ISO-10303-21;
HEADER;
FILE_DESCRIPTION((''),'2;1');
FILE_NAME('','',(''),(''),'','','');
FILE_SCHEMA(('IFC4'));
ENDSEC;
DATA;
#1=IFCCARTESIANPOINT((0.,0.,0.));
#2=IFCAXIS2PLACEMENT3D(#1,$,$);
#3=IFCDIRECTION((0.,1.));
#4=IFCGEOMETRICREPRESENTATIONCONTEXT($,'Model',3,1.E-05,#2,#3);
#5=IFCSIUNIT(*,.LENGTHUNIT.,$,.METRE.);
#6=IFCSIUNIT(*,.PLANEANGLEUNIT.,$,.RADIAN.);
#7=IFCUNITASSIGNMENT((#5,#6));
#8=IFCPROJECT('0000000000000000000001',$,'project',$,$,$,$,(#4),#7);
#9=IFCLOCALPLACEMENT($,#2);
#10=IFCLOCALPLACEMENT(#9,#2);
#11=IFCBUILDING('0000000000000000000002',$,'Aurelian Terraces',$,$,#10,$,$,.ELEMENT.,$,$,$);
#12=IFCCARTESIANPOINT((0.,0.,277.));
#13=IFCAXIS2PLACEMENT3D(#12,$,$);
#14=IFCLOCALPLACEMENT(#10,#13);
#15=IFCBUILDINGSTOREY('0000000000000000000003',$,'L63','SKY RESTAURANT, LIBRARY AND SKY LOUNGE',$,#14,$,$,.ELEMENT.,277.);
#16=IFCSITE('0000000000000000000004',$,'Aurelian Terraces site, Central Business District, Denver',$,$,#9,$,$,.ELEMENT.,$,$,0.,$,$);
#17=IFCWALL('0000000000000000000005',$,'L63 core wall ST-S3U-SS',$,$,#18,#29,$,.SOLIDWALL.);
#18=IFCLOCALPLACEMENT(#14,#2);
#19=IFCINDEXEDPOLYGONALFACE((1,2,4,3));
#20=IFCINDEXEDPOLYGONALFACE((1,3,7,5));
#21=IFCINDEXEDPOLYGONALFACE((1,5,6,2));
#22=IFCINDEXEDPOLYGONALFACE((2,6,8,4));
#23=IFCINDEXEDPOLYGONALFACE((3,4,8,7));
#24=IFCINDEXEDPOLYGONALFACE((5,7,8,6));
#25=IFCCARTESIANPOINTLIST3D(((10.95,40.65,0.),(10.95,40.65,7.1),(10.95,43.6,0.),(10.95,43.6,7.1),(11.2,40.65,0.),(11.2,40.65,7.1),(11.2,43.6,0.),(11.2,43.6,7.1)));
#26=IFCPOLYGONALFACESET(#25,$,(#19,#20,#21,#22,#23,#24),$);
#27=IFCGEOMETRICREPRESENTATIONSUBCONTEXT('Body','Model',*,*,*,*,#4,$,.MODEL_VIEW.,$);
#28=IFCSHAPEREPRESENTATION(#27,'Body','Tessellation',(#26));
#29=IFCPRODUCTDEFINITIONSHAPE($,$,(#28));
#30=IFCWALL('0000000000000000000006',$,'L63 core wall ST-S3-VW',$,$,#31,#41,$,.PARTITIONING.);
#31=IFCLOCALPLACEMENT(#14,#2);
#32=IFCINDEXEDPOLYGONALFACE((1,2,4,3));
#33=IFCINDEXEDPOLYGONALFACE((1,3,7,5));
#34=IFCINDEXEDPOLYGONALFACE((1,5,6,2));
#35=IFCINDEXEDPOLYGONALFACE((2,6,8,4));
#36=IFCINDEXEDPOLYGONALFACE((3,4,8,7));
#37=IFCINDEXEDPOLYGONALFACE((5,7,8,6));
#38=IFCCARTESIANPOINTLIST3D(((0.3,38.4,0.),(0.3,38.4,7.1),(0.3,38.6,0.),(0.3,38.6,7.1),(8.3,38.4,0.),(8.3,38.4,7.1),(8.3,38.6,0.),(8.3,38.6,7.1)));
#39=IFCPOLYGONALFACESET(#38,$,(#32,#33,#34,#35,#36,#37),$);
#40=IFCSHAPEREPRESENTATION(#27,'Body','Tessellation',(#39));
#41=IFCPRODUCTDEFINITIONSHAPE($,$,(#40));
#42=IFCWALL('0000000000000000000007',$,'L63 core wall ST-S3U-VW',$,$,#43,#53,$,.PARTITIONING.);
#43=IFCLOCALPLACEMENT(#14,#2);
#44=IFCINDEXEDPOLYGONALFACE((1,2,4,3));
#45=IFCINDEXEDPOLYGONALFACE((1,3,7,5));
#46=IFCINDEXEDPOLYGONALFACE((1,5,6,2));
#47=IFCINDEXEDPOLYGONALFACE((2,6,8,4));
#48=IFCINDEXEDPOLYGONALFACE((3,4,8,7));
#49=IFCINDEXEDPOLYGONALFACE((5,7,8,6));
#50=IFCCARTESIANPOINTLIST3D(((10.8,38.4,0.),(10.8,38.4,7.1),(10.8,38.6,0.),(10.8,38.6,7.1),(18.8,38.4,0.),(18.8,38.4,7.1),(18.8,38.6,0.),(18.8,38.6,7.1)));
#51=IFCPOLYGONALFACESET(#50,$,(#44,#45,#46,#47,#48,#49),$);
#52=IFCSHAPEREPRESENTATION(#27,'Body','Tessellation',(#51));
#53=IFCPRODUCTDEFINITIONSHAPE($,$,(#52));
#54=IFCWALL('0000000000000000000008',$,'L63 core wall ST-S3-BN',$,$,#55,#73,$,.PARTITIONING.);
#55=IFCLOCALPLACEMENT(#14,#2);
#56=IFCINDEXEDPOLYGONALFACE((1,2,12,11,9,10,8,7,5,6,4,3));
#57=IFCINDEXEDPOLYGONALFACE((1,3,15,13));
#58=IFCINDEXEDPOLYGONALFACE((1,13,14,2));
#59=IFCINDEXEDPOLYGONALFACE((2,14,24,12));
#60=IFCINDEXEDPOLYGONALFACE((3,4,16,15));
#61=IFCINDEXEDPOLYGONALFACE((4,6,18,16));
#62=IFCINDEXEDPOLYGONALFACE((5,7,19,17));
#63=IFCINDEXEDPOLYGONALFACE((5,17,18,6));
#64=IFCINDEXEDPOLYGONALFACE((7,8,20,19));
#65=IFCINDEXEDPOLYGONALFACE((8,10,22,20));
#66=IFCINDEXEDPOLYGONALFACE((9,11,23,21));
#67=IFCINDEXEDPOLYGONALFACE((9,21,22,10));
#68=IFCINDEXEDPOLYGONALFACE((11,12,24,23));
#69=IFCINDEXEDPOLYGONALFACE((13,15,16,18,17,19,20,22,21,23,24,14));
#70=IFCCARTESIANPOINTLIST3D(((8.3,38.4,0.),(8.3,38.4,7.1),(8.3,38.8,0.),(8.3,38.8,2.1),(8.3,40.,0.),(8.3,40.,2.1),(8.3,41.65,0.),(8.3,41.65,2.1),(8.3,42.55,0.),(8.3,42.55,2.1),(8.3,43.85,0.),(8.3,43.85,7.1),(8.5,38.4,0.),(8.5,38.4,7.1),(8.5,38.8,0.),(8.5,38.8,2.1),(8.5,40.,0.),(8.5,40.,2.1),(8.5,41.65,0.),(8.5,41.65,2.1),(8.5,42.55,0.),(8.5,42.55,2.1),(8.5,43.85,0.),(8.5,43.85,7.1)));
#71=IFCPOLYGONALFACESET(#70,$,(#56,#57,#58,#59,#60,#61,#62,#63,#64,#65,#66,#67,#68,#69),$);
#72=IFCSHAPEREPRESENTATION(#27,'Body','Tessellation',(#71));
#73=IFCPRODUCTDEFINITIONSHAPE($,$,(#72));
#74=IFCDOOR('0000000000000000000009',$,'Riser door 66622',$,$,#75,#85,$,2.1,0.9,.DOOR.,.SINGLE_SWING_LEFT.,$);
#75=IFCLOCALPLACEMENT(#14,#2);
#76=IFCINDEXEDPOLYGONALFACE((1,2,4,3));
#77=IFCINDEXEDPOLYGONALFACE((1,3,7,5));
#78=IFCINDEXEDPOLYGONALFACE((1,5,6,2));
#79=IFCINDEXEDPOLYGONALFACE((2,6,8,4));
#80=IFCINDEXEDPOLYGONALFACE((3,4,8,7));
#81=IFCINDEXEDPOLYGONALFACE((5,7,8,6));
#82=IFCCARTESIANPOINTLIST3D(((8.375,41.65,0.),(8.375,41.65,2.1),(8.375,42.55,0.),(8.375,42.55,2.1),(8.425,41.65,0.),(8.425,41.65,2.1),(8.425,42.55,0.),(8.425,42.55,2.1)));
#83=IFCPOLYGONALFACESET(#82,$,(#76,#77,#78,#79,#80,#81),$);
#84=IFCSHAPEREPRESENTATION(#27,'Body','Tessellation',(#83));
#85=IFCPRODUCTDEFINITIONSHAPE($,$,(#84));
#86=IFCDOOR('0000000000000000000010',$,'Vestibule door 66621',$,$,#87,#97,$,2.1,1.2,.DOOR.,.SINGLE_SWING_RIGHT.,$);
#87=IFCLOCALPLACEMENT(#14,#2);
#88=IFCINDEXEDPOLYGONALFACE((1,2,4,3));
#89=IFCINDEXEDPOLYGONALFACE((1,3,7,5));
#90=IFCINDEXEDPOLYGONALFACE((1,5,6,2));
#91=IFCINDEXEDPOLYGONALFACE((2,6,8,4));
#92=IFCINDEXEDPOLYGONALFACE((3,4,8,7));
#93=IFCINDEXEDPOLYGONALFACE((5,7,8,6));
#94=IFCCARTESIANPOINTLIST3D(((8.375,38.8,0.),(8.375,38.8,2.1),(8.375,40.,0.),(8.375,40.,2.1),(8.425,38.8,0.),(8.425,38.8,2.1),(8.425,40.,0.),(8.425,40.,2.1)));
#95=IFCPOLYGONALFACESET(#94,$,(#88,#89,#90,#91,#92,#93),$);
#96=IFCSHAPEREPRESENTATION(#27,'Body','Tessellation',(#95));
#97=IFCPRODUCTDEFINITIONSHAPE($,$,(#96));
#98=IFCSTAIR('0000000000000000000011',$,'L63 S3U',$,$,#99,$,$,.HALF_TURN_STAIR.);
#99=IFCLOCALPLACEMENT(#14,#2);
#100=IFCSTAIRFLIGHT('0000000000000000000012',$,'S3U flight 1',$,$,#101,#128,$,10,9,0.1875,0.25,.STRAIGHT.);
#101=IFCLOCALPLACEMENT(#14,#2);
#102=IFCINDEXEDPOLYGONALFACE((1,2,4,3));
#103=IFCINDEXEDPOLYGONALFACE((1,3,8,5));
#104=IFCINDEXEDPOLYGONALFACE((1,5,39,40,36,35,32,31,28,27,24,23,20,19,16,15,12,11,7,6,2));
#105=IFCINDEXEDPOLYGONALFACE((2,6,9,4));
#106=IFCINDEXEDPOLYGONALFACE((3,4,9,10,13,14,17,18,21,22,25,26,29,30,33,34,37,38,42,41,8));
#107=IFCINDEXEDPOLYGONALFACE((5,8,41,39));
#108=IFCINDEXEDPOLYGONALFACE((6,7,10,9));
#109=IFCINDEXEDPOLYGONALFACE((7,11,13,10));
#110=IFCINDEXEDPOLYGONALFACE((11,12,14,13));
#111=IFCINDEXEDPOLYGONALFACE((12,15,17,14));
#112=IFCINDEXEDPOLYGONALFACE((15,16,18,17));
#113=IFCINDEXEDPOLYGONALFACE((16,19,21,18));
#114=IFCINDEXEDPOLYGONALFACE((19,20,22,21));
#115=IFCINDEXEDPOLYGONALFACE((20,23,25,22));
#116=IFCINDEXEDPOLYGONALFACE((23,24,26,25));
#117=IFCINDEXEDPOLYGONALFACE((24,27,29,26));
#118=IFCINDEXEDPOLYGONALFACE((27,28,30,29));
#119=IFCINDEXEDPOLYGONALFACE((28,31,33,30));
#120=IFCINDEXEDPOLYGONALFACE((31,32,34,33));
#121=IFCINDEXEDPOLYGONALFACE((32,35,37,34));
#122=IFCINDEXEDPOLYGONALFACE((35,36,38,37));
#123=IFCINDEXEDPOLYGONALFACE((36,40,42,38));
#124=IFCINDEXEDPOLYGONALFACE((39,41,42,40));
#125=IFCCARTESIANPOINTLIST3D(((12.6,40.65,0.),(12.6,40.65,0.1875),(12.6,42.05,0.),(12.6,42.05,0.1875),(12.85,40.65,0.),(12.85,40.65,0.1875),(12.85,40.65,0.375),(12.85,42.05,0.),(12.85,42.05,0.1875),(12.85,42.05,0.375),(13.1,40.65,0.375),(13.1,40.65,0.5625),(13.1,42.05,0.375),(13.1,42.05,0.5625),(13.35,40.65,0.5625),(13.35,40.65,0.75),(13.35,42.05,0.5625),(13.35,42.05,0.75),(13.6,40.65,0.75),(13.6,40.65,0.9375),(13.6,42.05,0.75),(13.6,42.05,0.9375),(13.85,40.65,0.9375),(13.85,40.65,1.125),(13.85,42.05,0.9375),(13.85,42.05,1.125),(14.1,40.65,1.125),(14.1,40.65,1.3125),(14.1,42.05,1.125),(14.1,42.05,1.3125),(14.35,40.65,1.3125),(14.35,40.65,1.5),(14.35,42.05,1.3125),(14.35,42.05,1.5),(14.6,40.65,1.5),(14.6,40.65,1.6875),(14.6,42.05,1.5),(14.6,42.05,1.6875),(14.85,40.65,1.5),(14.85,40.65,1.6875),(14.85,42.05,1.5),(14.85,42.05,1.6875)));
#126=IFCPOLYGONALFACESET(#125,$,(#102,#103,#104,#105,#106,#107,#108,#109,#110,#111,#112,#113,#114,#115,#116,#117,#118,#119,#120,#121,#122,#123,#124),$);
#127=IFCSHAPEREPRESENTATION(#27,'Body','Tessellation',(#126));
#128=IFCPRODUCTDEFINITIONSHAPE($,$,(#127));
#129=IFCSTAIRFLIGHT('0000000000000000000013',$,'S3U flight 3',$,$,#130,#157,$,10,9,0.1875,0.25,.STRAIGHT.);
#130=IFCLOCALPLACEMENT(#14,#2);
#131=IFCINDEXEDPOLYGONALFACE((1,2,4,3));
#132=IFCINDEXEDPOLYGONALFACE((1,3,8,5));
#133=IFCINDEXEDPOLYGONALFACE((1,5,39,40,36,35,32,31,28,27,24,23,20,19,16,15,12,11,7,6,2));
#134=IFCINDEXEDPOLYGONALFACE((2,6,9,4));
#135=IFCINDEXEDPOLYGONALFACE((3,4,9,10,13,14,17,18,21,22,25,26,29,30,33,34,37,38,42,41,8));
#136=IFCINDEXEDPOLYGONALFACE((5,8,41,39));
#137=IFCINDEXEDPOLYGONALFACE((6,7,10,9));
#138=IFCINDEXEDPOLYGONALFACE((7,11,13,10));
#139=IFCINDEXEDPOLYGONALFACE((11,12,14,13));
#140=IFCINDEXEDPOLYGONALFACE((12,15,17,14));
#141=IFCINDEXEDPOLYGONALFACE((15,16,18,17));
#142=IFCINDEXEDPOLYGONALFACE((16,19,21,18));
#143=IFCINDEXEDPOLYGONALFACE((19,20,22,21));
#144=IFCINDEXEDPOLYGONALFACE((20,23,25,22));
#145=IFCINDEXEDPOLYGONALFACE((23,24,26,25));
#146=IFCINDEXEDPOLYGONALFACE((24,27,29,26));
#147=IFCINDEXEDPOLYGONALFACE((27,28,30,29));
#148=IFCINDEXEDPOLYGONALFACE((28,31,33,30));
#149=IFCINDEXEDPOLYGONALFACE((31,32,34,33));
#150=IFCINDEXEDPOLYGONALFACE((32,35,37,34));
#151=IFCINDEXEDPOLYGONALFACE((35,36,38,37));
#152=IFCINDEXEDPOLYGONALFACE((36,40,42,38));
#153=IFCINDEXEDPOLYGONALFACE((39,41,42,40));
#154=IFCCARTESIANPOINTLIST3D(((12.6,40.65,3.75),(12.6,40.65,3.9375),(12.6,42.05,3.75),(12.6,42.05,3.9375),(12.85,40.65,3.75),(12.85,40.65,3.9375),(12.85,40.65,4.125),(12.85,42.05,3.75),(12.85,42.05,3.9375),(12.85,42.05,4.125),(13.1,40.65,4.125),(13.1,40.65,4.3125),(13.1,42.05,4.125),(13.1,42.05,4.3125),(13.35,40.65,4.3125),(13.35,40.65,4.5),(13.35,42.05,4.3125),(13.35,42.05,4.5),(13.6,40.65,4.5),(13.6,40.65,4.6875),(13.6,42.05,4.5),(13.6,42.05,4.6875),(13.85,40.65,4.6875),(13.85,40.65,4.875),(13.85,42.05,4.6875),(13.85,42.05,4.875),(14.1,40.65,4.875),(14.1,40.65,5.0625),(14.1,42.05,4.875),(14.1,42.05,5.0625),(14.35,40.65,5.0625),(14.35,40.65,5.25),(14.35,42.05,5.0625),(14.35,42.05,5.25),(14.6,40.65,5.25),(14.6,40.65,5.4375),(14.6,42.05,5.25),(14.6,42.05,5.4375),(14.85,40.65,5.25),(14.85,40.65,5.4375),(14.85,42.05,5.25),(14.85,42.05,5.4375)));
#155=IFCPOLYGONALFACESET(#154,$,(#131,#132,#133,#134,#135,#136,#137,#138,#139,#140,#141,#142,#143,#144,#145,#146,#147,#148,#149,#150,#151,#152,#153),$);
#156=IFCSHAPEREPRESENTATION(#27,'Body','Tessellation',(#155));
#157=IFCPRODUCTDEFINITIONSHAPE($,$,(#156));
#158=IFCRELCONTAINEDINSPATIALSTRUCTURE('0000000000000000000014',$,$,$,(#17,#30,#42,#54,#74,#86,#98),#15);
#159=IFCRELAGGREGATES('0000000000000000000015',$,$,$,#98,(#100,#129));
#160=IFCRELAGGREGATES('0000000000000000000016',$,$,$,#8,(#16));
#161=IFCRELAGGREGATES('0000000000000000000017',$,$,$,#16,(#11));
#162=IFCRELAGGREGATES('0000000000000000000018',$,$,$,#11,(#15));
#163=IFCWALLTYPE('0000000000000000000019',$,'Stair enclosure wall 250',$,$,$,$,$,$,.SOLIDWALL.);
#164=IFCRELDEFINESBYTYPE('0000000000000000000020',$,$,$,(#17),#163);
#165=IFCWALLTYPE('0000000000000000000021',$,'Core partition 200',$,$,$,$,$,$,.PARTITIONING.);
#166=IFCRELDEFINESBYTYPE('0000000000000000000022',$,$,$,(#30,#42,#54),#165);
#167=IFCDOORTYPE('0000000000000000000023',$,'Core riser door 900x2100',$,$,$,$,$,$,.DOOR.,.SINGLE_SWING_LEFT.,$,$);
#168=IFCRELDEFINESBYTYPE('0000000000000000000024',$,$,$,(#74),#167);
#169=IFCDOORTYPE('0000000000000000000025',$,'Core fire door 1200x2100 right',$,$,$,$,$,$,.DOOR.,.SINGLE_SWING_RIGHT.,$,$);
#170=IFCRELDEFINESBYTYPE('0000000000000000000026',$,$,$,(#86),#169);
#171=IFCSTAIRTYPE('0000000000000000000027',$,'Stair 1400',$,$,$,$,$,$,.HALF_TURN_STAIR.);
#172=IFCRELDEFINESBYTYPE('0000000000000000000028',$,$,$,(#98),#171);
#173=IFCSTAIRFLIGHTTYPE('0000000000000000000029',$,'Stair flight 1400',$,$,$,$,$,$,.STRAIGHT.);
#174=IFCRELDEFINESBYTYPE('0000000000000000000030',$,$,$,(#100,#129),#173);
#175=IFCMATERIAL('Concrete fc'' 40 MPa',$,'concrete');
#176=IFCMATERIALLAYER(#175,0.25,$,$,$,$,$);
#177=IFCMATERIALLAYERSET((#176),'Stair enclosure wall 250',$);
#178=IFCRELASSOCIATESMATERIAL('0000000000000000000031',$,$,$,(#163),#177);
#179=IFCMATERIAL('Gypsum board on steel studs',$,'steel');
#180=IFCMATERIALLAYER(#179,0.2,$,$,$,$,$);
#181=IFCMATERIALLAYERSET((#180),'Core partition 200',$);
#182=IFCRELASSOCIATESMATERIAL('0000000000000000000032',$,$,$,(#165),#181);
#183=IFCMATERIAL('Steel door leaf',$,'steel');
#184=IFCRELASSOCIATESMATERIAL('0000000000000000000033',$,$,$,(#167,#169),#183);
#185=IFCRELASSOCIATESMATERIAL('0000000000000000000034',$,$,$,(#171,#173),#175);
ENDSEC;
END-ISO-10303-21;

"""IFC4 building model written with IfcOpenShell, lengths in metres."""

from ifc_helpers import new_model, si_unit, direction, frame, frame_2d, origin, place, context, subcontext, project, spatial, polyline, rectangle, outline, extrude, source, transform, mapped, material, layer, layer_set, type_object, element, fill, aggregate, save


model = new_model("IFC4")

# Units and contexts
model_context = context("Model", 3, precision=1e-05, world=origin(), true_north=direction((0.0, 1.0)))
body_context = subcontext(model_context, "Body", "Model", "MODEL_VIEW")
ifc_project = project(units=[si_unit("LENGTHUNIT", "METRE"), si_unit("PLANEANGLEUNIT", "RADIAN")], contexts=[model_context])

# Site, building, storey
site_placement = place(None, origin())
site = spatial("IfcSite", under=ifc_project, at=site_placement, Name="Aurelian Terraces site, Central Business District, Denver", CompositionType="ELEMENT", RefElevation=0.0)
building_placement = place(site_placement, origin())
building = spatial("IfcBuilding", under=site, at=building_placement, Name="Aurelian Terraces", CompositionType="ELEMENT")
storey_placement = place(building_placement, frame((0.0, 0.0, 277.0)))
storey = spatial("IfcBuildingStorey", under=building, at=storey_placement, Name="L63", Description="SKY RESTAURANT, LIBRARY AND SKY LOUNGE", CompositionType="ELEMENT", Elevation=277.0)

# Shared definitions
ifc_material_1 = material(Name="Concrete fc' 40 MPa", Category="concrete")
ifc_layer_1 = layer(ifc_material_1, 0.25)
ifc_layer_set_1 = layer_set([ifc_layer_1], Name="Stair enclosure wall 250")
wall_type_1 = type_object("IfcWallType", Name="Stair enclosure wall 250", PredefinedType="SOLIDWALL", material=ifc_layer_set_1)
ifc_material_2 = material(Name="Steel door leaf", Category="steel")

# Walls
shared_shape_1 = source(origin(), body_context, "Body", "SweptSolid", [
    extrude(rectangle(XDim=2.95, YDim=0.25, at=frame_2d((1.475, 0.0))), origin(), (0.0, 0.0, 1.0), 7.1),
])
for number, where, z_axis, x_axis, name in (
    (1, (11.075, 40.65, 0.0), (0.0, 0.0, 1.0), (0.0, 1.0, 0.0), "L63 core wall ST-S3U-SS"),
):
    element("IfcWall", number, at=place(storey_placement, frame(where, z_axis=z_axis, x_axis=x_axis)), inside=storey, type_object=wall_type_1, Name=name, PredefinedType="SOLIDWALL", context=body_context, shape_type="MappedRepresentation", body=[
        mapped(shared_shape_1, transform((0.0, 0.0, 0.0), scale=1.0)),
    ])
ifc_material_3 = material(Name="Gypsum board on steel studs", Category="steel")
ifc_layer_2 = layer(ifc_material_3, 0.2)
ifc_layer_set_2 = layer_set([ifc_layer_2], Name="Core partition 200")
wall_type_2 = type_object("IfcWallType", Name="Core partition 200", PredefinedType="PARTITIONING", material=ifc_layer_set_2)
shared_shape_2 = source(origin(), body_context, "Body", "SweptSolid", [
    extrude(rectangle(XDim=8.0, YDim=0.2, at=frame_2d((4.0, 0.0))), origin(), (0.0, 0.0, 1.0), 7.1),
])
for number, where, z_axis, x_axis, name in (
    (2, (0.3, 38.5, 0.0), (0.0, 0.0, 1.0), (1.0, 0.0, 0.0), "L63 core wall ST-S3-VW"),
    (3, (10.8, 38.5, 0.0), (0.0, 0.0, 1.0), (1.0, 0.0, 0.0), "L63 core wall ST-S3U-VW"),
):
    element("IfcWall", number, at=place(storey_placement, frame(where, z_axis=z_axis, x_axis=x_axis)), inside=storey, type_object=wall_type_2, Name=name, PredefinedType="PARTITIONING", context=body_context, shape_type="MappedRepresentation", body=[
        mapped(shared_shape_2, transform((0.0, 0.0, 0.0), scale=1.0)),
    ])

# Wall, openings, doors
shared_shape_3 = source(origin(), body_context, "Body", "SweptSolid", [
    extrude(rectangle(XDim=5.45, YDim=0.2, at=frame_2d((2.725, 0.0))), origin(), (0.0, 0.0, 1.0), 7.1),
])
wall_1_placement = place(storey_placement, frame((8.4, 38.4, 0.0), z_axis=(0.0, 0.0, 1.0), x_axis=(0.0, 1.0, 0.0)))
wall_1 = element("IfcWall", 4, at=wall_1_placement, inside=storey, type_object=wall_type_2, Name="L63 core wall ST-S3-BN", PredefinedType="PARTITIONING", context=body_context, shape_type="MappedRepresentation", body=[
    mapped(shared_shape_3, transform((0.0, 0.0, 0.0), scale=1.0)),
])
shared_shape_4 = source(origin(), body_context, "Body", "SweptSolid", [
    extrude(rectangle(XDim=1.2, YDim=2.1, at=frame_2d((0.6, 1.05))), frame((0.0, 0.11, 0.0), z_axis=(0.0, -1.0, 0.0), x_axis=(1.0, 0.0, 0.0)), (0.0, 0.0, 1.0), 0.22),
])
opening_1_placement = place(wall_1_placement, frame((0.4, 0.0, 0.0)))
opening_1 = element("IfcOpeningElement", 5, at=opening_1_placement, cuts=wall_1, PredefinedType="OPENING", context=body_context, shape_type="MappedRepresentation", body=[
    mapped(shared_shape_4, transform((0.0, 0.0, 0.0), scale=1.0)),
])
shared_shape_5 = source(origin(), body_context, "Body", "SweptSolid", [
    extrude(rectangle(XDim=0.9, YDim=2.1, at=frame_2d((0.45, 1.05))), frame((0.0, 0.11, 0.0), z_axis=(0.0, -1.0, 0.0), x_axis=(1.0, 0.0, 0.0)), (0.0, 0.0, 1.0), 0.22),
])
opening_2_placement = place(wall_1_placement, frame((3.25, 0.0, 0.0)))
opening_2 = element("IfcOpeningElement", 6, at=opening_2_placement, cuts=wall_1, PredefinedType="OPENING", context=body_context, shape_type="MappedRepresentation", body=[
    mapped(shared_shape_5, transform((0.0, 0.0, 0.0), scale=1.0)),
])
door_type_1 = type_object("IfcDoorType", Name="Core riser door 900x2100", OperationType="SINGLE_SWING_LEFT", PredefinedType="DOOR", material=ifc_material_2)
shared_shape_6 = source(origin(), body_context, "Body", "SweptSolid", [
    extrude(rectangle(XDim=0.9, YDim=2.1, at=frame_2d((0.45, 1.05))), frame((0.0, 0.025, 0.0), z_axis=(0.0, -1.0, 0.0), x_axis=(1.0, 0.0, 0.0)), (0.0, 0.0, 1.0), 0.05),
])
door_1_placement = place(opening_2_placement, origin())
door_1 = element("IfcDoor", 7, at=door_1_placement, inside=storey, type_object=door_type_1, Name="Riser door 66622", OperationType="SINGLE_SWING_LEFT", OverallHeight=2.1, OverallWidth=0.9, PredefinedType="DOOR", context=body_context, shape_type="MappedRepresentation", body=[
    mapped(shared_shape_6, transform((0.0, 0.0, 0.0), scale=1.0)),
])
fill(opening_2, door_1)
door_type_2 = type_object("IfcDoorType", Name="Core fire door 1200x2100 right", OperationType="SINGLE_SWING_RIGHT", PredefinedType="DOOR", material=ifc_material_2)
shared_shape_7 = source(origin(), body_context, "Body", "SweptSolid", [
    extrude(rectangle(XDim=1.2, YDim=2.1, at=frame_2d((0.6, 1.05))), frame((0.0, 0.025, 0.0), z_axis=(0.0, -1.0, 0.0), x_axis=(1.0, 0.0, 0.0)), (0.0, 0.0, 1.0), 0.05),
])
door_2_placement = place(opening_1_placement, origin())
door_2 = element("IfcDoor", 8, at=door_2_placement, inside=storey, type_object=door_type_2, Name="Vestibule door 66621", OperationType="SINGLE_SWING_RIGHT", OverallHeight=2.1, OverallWidth=1.2, PredefinedType="DOOR", context=body_context, shape_type="MappedRepresentation", body=[
    mapped(shared_shape_7, transform((0.0, 0.0, 0.0), scale=1.0)),
])
fill(opening_1, door_2)

# Stair, stair flights
stair_type = type_object("IfcStairType", Name="Stair 1400", PredefinedType="HALF_TURN_STAIR", material=ifc_material_1)
stair_placement = place(storey_placement, origin())
stair = element("IfcStair", 9, at=stair_placement, inside=storey, type_object=stair_type, Name="L63 S3U", PredefinedType="HALF_TURN_STAIR")
stair_flight_type = type_object("IfcStairFlightType", Name="Stair flight 1400", PredefinedType="STRAIGHT", material=ifc_material_1)
shared_shape_8 = source(origin(), body_context, "Body", "SweptSolid", [
    extrude(outline(polyline([(0.0, 0.0), (0.0, 0.1875), (0.25, 0.1875), (0.25, 0.375), (0.5, 0.375), (0.5, 0.5625), (0.75, 0.5625), (0.75, 0.75), (1.0, 0.75), (1.0, 0.9375), (1.25, 0.9375), (1.25, 1.125), (1.5, 1.125), (1.5, 1.3125), (1.75, 1.3125), (1.75, 1.5), (2.0, 1.5), (2.0, 1.6875), (2.25, 1.6875), (2.25, 1.875), (2.25, 1.5), (0.25, 0.0), (0.0, 0.0)])), frame((0.0, 0.7, 0.0), z_axis=(0.0, -1.0, 0.0), x_axis=(1.0, 0.0, 0.0)), (0.0, 0.0, 1.0), 1.4),
])
stair_flight_1_placement = place(storey_placement, frame((12.6, 41.35, 0.0), z_axis=(0.0, 0.0, 1.0), x_axis=(1.0, 0.0, 0.0)))
stair_flight_1 = element("IfcStairFlight", 10, at=stair_flight_1_placement, type_object=stair_flight_type, Name="S3U flight 1", NumberOfRisers=10, NumberOfTreads=9, PredefinedType="STRAIGHT", RiserHeight=0.1875, TreadLength=0.25, context=body_context, shape_type="MappedRepresentation", body=[
    mapped(shared_shape_8, transform((0.0, 0.0, 0.0), scale=1.0)),
])
stair_flight_2_placement = place(storey_placement, frame((12.6, 41.35, 3.75), z_axis=(0.0, 0.0, 1.0), x_axis=(1.0, 0.0, 0.0)))
stair_flight_2 = element("IfcStairFlight", 11, at=stair_flight_2_placement, type_object=stair_flight_type, Name="S3U flight 3", NumberOfRisers=10, NumberOfTreads=9, PredefinedType="STRAIGHT", RiserHeight=0.1875, TreadLength=0.25, context=body_context, shape_type="MappedRepresentation", body=[
    mapped(shared_shape_8, transform((0.0, 0.0, 0.0), scale=1.0)),
])
aggregate(stair, [stair_flight_1, stair_flight_2])

save(model, "model.ifc")
